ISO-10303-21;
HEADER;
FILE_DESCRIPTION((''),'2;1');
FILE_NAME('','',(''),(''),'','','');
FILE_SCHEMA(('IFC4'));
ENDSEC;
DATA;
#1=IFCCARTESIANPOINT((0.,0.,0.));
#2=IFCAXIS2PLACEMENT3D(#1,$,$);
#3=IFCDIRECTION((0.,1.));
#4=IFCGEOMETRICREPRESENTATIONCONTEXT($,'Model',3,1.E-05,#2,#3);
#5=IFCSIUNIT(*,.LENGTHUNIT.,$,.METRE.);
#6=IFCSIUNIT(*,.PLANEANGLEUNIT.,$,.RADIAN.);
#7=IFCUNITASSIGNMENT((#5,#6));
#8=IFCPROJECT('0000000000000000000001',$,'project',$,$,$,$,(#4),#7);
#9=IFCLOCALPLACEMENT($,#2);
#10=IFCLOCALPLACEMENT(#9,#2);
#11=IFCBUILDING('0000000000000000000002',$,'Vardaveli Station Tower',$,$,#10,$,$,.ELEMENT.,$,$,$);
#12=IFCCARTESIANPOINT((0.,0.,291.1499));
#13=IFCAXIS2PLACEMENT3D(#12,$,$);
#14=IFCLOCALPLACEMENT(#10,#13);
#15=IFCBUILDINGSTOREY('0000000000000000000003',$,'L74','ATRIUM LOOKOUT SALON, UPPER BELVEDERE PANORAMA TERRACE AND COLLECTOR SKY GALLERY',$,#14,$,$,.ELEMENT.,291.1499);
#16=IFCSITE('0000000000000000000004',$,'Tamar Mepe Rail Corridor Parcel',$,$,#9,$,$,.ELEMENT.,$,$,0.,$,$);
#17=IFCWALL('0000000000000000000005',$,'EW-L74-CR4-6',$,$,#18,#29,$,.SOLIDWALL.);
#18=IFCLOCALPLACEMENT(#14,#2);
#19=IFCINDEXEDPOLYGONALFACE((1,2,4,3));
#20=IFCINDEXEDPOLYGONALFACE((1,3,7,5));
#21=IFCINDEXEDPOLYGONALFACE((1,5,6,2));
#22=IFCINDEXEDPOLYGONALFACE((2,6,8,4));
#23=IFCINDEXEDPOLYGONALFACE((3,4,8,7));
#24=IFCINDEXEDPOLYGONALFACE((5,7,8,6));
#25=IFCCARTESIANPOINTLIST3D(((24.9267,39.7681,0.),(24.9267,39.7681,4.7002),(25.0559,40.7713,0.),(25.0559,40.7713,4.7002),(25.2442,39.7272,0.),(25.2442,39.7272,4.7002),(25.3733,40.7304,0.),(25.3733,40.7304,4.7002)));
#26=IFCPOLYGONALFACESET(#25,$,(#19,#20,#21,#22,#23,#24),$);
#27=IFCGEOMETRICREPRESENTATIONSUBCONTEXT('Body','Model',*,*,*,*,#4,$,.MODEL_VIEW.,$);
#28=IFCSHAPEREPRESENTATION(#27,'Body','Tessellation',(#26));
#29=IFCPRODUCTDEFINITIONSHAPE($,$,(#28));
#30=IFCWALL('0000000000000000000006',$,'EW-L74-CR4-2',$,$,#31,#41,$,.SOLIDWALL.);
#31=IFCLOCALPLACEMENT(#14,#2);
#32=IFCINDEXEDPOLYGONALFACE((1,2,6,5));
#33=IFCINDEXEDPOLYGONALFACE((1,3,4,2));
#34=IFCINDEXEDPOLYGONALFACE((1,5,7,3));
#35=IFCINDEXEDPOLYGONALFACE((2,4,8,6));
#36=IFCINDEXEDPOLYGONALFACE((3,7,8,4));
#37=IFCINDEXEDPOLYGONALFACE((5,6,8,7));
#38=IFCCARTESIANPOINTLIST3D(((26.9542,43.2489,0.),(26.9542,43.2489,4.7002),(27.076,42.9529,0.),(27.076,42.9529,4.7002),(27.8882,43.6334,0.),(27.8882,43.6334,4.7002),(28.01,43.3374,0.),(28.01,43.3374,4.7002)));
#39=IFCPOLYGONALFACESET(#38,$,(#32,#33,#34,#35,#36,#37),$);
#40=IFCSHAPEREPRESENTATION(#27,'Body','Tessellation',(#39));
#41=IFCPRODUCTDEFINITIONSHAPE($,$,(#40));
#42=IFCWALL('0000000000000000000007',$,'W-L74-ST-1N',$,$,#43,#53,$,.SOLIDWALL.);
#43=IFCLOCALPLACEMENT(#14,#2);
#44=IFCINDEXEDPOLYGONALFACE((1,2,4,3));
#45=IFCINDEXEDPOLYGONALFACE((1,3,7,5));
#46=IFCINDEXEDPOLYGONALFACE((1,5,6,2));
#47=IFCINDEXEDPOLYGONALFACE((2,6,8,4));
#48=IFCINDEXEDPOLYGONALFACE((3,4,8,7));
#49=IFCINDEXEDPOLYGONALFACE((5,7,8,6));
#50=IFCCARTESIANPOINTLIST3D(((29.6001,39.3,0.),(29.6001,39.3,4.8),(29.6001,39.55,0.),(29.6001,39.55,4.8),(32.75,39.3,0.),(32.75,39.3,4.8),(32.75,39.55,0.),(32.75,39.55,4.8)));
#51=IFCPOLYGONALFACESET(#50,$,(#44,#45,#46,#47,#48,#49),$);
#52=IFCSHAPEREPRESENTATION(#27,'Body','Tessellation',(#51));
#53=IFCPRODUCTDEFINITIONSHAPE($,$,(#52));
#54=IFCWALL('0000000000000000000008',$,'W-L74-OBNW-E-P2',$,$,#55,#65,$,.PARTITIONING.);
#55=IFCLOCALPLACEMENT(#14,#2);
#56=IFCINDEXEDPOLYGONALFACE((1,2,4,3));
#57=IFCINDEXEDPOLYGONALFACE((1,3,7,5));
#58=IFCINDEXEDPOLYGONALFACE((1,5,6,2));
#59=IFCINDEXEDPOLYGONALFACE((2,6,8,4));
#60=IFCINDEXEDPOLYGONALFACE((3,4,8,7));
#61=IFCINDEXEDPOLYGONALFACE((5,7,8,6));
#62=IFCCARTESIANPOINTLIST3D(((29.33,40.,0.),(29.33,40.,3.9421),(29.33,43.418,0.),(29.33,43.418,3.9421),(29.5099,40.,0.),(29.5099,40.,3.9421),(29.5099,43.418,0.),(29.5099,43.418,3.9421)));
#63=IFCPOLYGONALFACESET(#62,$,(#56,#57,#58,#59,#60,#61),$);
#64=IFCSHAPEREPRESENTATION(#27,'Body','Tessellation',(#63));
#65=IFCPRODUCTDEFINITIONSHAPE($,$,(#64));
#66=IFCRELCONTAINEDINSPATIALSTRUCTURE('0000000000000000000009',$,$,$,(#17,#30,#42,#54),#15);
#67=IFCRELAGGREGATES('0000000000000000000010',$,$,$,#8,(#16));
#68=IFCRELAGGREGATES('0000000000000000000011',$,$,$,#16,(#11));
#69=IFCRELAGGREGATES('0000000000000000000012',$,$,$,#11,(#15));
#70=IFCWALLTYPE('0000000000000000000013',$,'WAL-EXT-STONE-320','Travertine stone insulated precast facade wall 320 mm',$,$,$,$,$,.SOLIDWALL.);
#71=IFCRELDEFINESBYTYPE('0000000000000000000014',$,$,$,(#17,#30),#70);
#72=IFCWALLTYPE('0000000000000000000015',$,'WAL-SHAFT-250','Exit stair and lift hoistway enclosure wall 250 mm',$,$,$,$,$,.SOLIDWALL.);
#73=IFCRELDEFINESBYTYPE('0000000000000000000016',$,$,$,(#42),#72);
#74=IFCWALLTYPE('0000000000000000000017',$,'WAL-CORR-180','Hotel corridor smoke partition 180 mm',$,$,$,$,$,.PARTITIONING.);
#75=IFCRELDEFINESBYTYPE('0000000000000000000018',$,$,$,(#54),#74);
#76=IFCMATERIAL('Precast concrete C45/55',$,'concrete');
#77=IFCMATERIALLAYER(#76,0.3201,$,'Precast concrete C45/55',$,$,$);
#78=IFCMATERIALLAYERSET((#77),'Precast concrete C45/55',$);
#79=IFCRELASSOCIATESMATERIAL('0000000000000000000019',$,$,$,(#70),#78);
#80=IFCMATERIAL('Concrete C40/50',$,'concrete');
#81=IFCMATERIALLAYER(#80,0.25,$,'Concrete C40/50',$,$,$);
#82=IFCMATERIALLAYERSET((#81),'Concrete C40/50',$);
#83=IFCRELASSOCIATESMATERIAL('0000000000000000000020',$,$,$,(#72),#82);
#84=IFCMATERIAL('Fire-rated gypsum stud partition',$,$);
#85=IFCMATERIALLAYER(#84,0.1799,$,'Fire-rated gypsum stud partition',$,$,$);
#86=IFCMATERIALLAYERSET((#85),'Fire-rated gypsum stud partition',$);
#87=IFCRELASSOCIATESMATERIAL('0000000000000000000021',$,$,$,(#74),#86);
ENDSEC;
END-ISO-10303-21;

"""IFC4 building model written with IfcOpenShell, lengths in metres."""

from ifc_helpers import new_model, si_unit, direction, frame, frame_2d, origin, place, context, subcontext, project, spatial, rectangle, extrude, source, transform, mapped, material, layer, layer_set, type_object, element, save


model = new_model("IFC4")

# Units and contexts
model_context = context("Model", 3, precision=1e-05, world=origin(), true_north=direction((0.0, 1.0)))
body_context = subcontext(model_context, "Body", "Model", "MODEL_VIEW")
ifc_project = project(units=[si_unit("LENGTHUNIT", "METRE"), si_unit("PLANEANGLEUNIT", "RADIAN")], contexts=[model_context])

# Site, building, storey
site_placement = place(None, origin())
site = spatial("IfcSite", under=ifc_project, at=site_placement, Name="Tamar Mepe Rail Corridor Parcel", CompositionType="ELEMENT", RefElevation=0.0)
building_placement = place(site_placement, origin())
building = spatial("IfcBuilding", under=site, at=building_placement, Name="Vardaveli Station Tower", CompositionType="ELEMENT")
storey_placement = place(building_placement, frame((0.0, 0.0, 291.1499)))
storey = spatial("IfcBuildingStorey", under=building, at=storey_placement, Name="L74", Description="ATRIUM LOOKOUT SALON, UPPER BELVEDERE PANORAMA TERRACE AND COLLECTOR SKY GALLERY", CompositionType="ELEMENT", Elevation=291.1499)

# Shared definitions
ifc_material_1 = material(Name="Precast concrete C45/55", Category="concrete")

# Shared definitions
ifc_layer_1 = layer(ifc_material_1, 0.3201, Name="Precast concrete C45/55")
ifc_layer_set_1 = layer_set([ifc_layer_1], Name="Precast concrete C45/55")
wall_type_1 = type_object("IfcWallType", Name="WAL-EXT-STONE-320", Description="Travertine stone insulated precast facade wall 320 mm", PredefinedType="SOLIDWALL", material=ifc_layer_set_1)

# Walls
shared_shape_1 = source(origin(), body_context, "Body", "SweptSolid", [
    extrude(rectangle(XDim=1.0115, YDim=0.3201, at=frame_2d((0.5059, 0.0))), origin(), (0.0, 0.0, 1.0), 4.7002),
])
for number, where, z_axis, x_axis, name in (
    (1, (25.2146, 40.751, 0.0), (0.0, 0.0, 1.0), (-0.127688, -0.991814, 0.0), "EW-L74-CR4-6"),
):
    element("IfcWall", number, at=place(storey_placement, frame(where, z_axis=z_axis, x_axis=x_axis)), inside=storey, type_object=wall_type_1, Name=name, PredefinedType="SOLIDWALL", context=body_context, shape_type="MappedRepresentation", body=[
        mapped(shared_shape_1, transform((0.0, 0.0, 0.0), scale=1.0)),
    ])
shared_shape_2 = source(origin(), body_context, "Body", "SweptSolid", [
    extrude(rectangle(XDim=1.01, YDim=0.3201, at=frame_2d((0.5049, 0.0))), origin(), (0.0, 0.0, 1.0), 4.7002),
])
wall_1_placement = place(storey_placement, frame((27.949, 43.4854, 0.0), z_axis=(0.0, 0.0, 1.0), x_axis=(-0.924713, -0.380665, 0.0)))
element("IfcWall", 2, at=wall_1_placement, inside=storey, type_object=wall_type_1, Name="EW-L74-CR4-2", PredefinedType="SOLIDWALL", context=body_context, shape_type="MappedRepresentation", body=[
    mapped(shared_shape_2, transform((0.0, 0.0, 0.0), scale=1.0)),
])
ifc_material_2 = material(Name="Concrete C40/50", Category="concrete")
ifc_layer_2 = layer(ifc_material_2, 0.25, Name="Concrete C40/50")
ifc_layer_set_2 = layer_set([ifc_layer_2], Name="Concrete C40/50")
wall_type_2 = type_object("IfcWallType", Name="WAL-SHAFT-250", Description="Exit stair and lift hoistway enclosure wall 250 mm", PredefinedType="SOLIDWALL", material=ifc_layer_set_2)
shared_shape_3 = source(origin(), body_context, "Body", "SweptSolid", [
    extrude(rectangle(XDim=3.1499, YDim=0.25, at=frame_2d((1.575, 0.0))), origin(), (0.0, 0.0, 1.0), 4.8),
])
wall_2_placement = place(storey_placement, frame((29.6001, 39.425, 0.0), z_axis=(0.0, 0.0, 1.0), x_axis=(1.0, 0.0, 0.0)))
element("IfcWall", 3, at=wall_2_placement, inside=storey, type_object=wall_type_2, Name="W-L74-ST-1N", PredefinedType="SOLIDWALL", context=body_context, shape_type="MappedRepresentation", body=[
    mapped(shared_shape_3, transform((0.0, 0.0, 0.0), scale=1.0)),
])
ifc_material_3 = material(Name="Fire-rated gypsum stud partition")
ifc_layer_3 = layer(ifc_material_3, 0.1799, Name="Fire-rated gypsum stud partition")
ifc_layer_set_3 = layer_set([ifc_layer_3], Name="Fire-rated gypsum stud partition")
wall_type_3 = type_object("IfcWallType", Name="WAL-CORR-180", Description="Hotel corridor smoke partition 180 mm", PredefinedType="PARTITIONING", material=ifc_layer_set_3)
shared_shape_4 = source(origin(), body_context, "Body", "SweptSolid", [
    extrude(rectangle(XDim=3.418, YDim=0.1799, at=frame_2d((1.709, 0.0))), origin(), (0.0, 0.0, 1.0), 3.9421),
])
wall_3_placement = place(storey_placement, frame((29.4199, 40.0, 0.0), z_axis=(0.0, 0.0, 1.0), x_axis=(0.0, 1.0, 0.0)))
element("IfcWall", 4, at=wall_3_placement, inside=storey, type_object=wall_type_3, Name="W-L74-OBNW-E-P2", PredefinedType="PARTITIONING", context=body_context, shape_type="MappedRepresentation", body=[
    mapped(shared_shape_4, transform((0.0, 0.0, 0.0), scale=1.0)),
])

save(model, "model.ifc")
